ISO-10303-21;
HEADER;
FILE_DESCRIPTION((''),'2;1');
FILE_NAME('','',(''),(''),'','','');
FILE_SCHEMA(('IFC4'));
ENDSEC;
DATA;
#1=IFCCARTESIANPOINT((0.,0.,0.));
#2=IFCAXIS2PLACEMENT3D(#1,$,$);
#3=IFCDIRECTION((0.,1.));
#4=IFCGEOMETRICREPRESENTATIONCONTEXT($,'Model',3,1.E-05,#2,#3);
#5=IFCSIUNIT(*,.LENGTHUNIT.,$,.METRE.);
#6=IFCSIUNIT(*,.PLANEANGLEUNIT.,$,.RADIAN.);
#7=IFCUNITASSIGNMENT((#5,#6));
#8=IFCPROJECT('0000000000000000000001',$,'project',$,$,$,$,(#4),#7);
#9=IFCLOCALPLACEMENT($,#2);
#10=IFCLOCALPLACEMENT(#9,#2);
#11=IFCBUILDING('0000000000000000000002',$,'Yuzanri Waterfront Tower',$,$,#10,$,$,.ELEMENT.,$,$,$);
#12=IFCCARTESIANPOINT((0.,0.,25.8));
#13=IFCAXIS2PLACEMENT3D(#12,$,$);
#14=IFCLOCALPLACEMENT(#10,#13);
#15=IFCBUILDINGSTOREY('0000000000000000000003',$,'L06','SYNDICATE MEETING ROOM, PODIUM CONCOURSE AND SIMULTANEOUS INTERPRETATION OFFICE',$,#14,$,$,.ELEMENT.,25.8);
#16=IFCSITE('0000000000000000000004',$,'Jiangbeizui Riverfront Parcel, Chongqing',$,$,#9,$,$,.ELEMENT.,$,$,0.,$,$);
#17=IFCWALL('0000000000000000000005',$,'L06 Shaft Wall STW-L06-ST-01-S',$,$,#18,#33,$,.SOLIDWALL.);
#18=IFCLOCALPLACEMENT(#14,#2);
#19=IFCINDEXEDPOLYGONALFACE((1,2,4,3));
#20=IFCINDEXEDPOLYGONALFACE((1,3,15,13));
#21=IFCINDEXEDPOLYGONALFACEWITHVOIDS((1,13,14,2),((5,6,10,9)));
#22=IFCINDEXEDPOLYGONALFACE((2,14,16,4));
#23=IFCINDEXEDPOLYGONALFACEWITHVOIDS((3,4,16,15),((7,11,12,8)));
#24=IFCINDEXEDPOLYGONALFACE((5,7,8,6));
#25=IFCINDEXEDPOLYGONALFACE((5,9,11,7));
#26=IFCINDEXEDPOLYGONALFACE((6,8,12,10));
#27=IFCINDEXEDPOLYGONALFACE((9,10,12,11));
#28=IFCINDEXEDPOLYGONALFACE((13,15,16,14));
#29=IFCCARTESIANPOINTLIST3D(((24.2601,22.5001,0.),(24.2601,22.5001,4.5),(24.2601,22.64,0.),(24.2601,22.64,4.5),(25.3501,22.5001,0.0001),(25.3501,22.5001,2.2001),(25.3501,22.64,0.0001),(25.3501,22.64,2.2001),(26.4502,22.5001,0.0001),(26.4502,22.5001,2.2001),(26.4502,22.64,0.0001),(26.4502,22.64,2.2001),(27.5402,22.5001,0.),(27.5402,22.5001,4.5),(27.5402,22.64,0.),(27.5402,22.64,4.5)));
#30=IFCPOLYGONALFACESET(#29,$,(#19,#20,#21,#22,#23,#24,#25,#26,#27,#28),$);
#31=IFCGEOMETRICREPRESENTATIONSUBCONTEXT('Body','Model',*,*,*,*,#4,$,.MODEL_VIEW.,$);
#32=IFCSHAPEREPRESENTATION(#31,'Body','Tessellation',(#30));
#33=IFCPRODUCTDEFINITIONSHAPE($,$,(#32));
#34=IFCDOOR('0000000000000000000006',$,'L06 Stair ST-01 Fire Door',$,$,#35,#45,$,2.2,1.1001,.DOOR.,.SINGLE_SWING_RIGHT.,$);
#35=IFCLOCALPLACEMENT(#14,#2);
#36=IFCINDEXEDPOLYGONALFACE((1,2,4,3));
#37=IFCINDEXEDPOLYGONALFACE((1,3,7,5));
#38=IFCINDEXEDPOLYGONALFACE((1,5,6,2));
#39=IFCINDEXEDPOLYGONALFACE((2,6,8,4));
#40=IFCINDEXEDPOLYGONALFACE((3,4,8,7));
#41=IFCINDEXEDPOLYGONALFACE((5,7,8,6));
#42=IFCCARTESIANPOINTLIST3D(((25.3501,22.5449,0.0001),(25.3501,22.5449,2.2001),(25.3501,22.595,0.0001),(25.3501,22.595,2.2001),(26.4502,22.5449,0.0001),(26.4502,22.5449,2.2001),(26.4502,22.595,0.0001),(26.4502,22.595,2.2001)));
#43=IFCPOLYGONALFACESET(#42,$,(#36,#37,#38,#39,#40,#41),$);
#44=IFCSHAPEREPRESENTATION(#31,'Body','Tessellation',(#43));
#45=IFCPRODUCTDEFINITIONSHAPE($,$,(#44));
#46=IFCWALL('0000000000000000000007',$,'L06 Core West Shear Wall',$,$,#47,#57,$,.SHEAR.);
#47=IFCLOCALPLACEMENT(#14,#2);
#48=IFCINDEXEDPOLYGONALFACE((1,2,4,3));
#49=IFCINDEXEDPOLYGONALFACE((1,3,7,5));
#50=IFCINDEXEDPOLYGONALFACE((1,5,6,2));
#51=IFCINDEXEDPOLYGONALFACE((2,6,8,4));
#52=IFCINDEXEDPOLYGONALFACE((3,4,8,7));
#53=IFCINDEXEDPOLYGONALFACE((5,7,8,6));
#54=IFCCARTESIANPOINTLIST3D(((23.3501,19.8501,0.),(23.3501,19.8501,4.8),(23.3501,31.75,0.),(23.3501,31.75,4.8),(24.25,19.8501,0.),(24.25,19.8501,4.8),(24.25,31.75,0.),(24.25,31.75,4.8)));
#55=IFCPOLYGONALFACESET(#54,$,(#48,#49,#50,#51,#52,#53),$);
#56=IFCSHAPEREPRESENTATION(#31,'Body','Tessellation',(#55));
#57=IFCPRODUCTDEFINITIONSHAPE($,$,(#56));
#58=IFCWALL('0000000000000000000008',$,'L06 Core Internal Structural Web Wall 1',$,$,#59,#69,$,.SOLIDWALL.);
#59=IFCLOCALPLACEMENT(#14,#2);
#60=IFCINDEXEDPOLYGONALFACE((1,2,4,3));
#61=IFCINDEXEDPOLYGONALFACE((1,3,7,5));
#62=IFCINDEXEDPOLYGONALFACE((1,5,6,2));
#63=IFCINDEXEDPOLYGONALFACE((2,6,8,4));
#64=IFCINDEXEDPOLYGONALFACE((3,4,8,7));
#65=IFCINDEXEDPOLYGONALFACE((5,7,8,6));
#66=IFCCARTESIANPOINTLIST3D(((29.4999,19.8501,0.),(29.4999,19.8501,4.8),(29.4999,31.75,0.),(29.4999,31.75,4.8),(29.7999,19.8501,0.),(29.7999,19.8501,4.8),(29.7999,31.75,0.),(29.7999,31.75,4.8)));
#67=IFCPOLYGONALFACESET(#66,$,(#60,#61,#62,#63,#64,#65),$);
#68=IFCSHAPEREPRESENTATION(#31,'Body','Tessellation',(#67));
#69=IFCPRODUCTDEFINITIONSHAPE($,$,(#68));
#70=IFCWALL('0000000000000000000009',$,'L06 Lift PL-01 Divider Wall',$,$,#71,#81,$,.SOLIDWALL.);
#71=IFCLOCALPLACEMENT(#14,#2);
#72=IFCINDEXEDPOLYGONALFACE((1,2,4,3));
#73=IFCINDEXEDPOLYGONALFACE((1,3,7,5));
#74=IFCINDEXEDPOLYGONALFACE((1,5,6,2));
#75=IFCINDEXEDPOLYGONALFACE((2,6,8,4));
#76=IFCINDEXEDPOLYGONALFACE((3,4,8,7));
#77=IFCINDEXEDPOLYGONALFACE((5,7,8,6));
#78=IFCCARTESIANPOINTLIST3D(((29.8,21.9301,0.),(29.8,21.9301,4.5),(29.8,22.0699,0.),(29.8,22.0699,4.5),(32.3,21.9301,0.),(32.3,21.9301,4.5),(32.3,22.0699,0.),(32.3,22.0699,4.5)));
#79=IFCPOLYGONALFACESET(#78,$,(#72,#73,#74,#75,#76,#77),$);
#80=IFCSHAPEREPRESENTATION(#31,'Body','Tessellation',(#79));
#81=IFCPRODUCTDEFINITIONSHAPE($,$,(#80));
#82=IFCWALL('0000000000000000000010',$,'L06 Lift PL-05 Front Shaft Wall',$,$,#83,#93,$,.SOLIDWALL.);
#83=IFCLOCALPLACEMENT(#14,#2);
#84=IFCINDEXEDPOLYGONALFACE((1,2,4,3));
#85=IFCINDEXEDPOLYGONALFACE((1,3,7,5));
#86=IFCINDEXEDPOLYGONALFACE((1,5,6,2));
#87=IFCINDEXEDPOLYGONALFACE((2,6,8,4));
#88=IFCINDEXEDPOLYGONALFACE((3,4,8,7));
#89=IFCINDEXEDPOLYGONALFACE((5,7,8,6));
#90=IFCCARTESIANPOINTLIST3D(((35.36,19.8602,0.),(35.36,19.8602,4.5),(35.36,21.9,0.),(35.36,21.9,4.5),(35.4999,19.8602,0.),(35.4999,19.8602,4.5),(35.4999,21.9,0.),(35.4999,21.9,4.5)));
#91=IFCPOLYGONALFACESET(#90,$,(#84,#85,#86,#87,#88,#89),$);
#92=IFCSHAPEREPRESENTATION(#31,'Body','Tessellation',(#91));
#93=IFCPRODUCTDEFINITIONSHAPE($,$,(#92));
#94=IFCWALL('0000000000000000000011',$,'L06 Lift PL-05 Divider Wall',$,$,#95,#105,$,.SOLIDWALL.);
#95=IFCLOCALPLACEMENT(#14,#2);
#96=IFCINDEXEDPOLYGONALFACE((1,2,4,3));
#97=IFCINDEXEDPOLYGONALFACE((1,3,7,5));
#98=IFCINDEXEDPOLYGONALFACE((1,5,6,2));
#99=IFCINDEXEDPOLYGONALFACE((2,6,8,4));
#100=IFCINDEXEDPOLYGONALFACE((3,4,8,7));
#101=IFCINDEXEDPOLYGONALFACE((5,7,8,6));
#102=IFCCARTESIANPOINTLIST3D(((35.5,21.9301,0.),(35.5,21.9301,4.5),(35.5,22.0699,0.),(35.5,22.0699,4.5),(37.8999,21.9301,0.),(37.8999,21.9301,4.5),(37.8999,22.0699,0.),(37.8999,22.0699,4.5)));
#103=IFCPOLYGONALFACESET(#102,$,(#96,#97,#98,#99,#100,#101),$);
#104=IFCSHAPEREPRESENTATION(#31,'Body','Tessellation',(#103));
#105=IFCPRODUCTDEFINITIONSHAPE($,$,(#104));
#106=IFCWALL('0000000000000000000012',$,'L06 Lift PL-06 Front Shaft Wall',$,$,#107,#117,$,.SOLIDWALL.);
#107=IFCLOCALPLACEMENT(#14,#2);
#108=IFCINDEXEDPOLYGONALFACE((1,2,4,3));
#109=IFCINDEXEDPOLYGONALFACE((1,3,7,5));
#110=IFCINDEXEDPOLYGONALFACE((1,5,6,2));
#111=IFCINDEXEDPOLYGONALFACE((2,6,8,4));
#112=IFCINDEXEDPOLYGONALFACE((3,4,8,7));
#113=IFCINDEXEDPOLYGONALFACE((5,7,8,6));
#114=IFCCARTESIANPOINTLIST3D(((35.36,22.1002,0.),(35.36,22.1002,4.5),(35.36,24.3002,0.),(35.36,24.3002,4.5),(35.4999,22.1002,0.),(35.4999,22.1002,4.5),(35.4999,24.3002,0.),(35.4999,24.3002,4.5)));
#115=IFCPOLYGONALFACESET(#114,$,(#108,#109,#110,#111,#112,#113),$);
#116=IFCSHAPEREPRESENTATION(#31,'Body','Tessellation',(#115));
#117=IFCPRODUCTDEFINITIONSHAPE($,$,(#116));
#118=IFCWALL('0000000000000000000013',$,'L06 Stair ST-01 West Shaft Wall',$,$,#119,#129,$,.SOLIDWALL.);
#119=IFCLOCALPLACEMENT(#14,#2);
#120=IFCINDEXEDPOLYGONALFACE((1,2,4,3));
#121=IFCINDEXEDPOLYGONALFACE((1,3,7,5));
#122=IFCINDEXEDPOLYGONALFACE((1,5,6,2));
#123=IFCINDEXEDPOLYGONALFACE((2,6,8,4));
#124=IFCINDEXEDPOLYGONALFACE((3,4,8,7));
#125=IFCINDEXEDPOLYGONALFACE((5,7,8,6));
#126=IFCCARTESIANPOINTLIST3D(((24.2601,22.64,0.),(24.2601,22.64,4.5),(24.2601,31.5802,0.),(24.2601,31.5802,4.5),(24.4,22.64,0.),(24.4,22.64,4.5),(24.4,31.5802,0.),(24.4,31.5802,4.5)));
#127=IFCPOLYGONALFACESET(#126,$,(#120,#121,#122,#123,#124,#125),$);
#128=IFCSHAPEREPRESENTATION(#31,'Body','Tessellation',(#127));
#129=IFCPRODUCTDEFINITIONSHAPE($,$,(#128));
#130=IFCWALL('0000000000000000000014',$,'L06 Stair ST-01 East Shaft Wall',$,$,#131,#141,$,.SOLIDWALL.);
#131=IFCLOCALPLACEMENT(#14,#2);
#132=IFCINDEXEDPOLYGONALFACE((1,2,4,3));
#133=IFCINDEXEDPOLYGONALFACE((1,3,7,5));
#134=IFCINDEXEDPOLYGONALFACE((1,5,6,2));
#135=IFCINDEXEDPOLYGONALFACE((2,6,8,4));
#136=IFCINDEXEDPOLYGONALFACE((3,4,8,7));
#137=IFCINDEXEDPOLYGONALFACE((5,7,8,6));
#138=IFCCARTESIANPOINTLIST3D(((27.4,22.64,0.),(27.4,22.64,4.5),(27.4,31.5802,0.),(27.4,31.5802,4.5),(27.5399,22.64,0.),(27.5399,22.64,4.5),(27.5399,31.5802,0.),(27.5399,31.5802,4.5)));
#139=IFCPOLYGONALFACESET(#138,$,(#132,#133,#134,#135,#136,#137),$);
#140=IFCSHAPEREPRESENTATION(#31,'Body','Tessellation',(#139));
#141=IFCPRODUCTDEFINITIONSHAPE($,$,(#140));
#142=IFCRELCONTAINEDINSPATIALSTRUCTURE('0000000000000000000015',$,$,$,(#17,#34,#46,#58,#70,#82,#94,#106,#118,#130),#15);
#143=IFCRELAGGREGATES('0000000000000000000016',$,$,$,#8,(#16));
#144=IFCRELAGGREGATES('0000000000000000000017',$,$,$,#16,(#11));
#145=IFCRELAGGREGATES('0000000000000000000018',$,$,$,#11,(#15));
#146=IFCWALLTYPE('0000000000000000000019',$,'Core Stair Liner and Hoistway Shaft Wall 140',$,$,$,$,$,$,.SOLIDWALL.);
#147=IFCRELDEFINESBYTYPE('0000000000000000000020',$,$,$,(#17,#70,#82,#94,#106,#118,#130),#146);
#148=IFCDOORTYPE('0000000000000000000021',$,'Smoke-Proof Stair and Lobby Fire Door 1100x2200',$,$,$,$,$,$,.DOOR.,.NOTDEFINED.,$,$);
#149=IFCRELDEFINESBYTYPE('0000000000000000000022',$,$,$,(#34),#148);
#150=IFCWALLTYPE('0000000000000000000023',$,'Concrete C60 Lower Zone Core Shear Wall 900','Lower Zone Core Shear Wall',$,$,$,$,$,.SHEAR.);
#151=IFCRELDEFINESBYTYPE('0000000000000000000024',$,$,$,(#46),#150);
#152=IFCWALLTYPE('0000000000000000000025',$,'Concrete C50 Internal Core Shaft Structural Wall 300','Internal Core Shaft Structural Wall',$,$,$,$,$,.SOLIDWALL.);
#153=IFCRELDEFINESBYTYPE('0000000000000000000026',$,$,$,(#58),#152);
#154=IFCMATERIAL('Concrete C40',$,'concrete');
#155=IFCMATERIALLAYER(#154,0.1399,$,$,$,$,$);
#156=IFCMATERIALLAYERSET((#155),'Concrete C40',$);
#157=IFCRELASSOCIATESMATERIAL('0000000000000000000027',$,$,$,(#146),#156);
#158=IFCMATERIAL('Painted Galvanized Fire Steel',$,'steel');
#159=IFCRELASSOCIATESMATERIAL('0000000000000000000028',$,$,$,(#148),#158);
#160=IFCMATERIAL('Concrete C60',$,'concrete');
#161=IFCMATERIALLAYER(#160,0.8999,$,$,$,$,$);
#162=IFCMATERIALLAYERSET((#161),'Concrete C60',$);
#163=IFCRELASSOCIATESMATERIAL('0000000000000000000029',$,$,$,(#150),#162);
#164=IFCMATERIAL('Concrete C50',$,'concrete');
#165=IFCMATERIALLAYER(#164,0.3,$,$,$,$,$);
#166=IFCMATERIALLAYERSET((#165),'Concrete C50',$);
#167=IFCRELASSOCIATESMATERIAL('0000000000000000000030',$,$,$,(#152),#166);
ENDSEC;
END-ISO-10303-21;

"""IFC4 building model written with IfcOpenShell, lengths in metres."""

from ifc_helpers import new_model, si_unit, direction, frame, frame_2d, origin, place, context, subcontext, project, spatial, rectangle, extrude, source, transform, mapped, material, layer, layer_set, type_object, element, fill, save


model = new_model("IFC4")

# Units and contexts
model_context = context("Model", 3, precision=1e-05, world=origin(), true_north=direction((0.0, 1.0)))
body_context = subcontext(model_context, "Body", "Model", "MODEL_VIEW")
ifc_project = project(units=[si_unit("LENGTHUNIT", "METRE"), si_unit("PLANEANGLEUNIT", "RADIAN")], contexts=[model_context])

# Site, building, storey
site_placement = place(None, origin())
site = spatial("IfcSite", under=ifc_project, at=site_placement, Name="Jiangbeizui Riverfront Parcel, Chongqing", CompositionType="ELEMENT", RefElevation=0.0)
building_placement = place(site_placement, origin())
building = spatial("IfcBuilding", under=site, at=building_placement, Name="Yuzanri Waterfront Tower", CompositionType="ELEMENT")
storey_placement = place(building_placement, frame((0.0, 0.0, 25.8)))
storey = spatial("IfcBuildingStorey", under=building, at=storey_placement, Name="L06", Description="SYNDICATE MEETING ROOM, PODIUM CONCOURSE AND SIMULTANEOUS INTERPRETATION OFFICE", CompositionType="ELEMENT", Elevation=25.8)

# Wall, opening, door
ifc_material_1 = material(Name="Concrete C40", Category="concrete")
ifc_layer_1 = layer(ifc_material_1, 0.1399)
ifc_layer_set_1 = layer_set([ifc_layer_1], Name="Concrete C40")
wall_type_1 = type_object("IfcWallType", Name="Core Stair Liner and Hoistway Shaft Wall 140", PredefinedType="SOLIDWALL", material=ifc_layer_set_1)
wall_1_placement = place(storey_placement, frame((24.26, 22.5701, 0.0), z_axis=(0.0, 0.0, 1.0), x_axis=(1.0, 0.0, 0.0)))
wall_1 = element("IfcWall", 1, at=wall_1_placement, inside=storey, type_object=wall_type_1, Name="L06 Shaft Wall STW-L06-ST-01-S", PredefinedType="SOLIDWALL", context=body_context, shape_type="SweptSolid", body=[
    extrude(rectangle(XDim=3.28, YDim=0.1399, at=frame_2d((1.6401, 0.0))), origin(), (0.0, 0.0, 1.0), 4.5),
])
opening_1_placement = place(wall_1_placement, frame((1.0901, 0.0, 0.0)))
opening_1 = element("IfcOpeningElement", 2, at=opening_1_placement, cuts=wall_1, PredefinedType="OPENING", context=body_context, shape_type="SweptSolid", body=[
    extrude(rectangle(XDim=1.1001, YDim=2.2, at=frame_2d((0.55, 1.1001))), frame((0.0, 0.085, 0.0), z_axis=(0.0, -1.0, 0.0), x_axis=(1.0, 0.0, 0.0)), (0.0, 0.0, 1.0), 0.1697),
])
ifc_material_2 = material(Name="Painted Galvanized Fire Steel", Category="steel")
door_type_1 = type_object("IfcDoorType", Name="Smoke-Proof Stair and Lobby Fire Door 1100x2200", OperationType="NOTDEFINED", PredefinedType="DOOR", material=ifc_material_2)
shared_shape_1 = source(origin(), body_context, "Body", "SweptSolid", [
    extrude(rectangle(XDim=1.1001, YDim=2.2, at=frame_2d((0.55, 1.1001))), frame((0.0, 0.0249, 0.0), z_axis=(0.0, -1.0, 0.0), x_axis=(1.0, 0.0, 0.0)), (0.0, 0.0, 1.0), 0.05),
])
door_1_placement = place(opening_1_placement, origin())
door_1 = element("IfcDoor", 3, at=door_1_placement, inside=storey, type_object=door_type_1, Name="L06 Stair ST-01 Fire Door", OperationType="SINGLE_SWING_RIGHT", OverallHeight=2.2, OverallWidth=1.1001, PredefinedType="DOOR", context=body_context, shape_type="MappedRepresentation", body=[
    mapped(shared_shape_1, transform((0.0, 0.0, 0.0), scale=1.0)),
])
fill(opening_1, door_1)

# Walls
ifc_material_3 = material(Name="Concrete C60", Category="concrete")
ifc_layer_2 = layer(ifc_material_3, 0.8999)
ifc_layer_set_2 = layer_set([ifc_layer_2], Name="Concrete C60")
wall_type_2 = type_object("IfcWallType", Name="Concrete C60 Lower Zone Core Shear Wall 900", Description="Lower Zone Core Shear Wall", PredefinedType="SHEAR", material=ifc_layer_set_2)
shared_shape_2 = source(origin(), body_context, "Body", "SweptSolid", [
    extrude(rectangle(XDim=11.8999, YDim=0.8999, at=frame_2d((5.95, 0.0))), origin(), (0.0, 0.0, 1.0), 4.8),
])
wall_2_placement = place(storey_placement, frame((23.8, 19.8501, 0.0), z_axis=(0.0, 0.0, 1.0), x_axis=(0.0, 1.0, 0.0)))
element("IfcWall", 4, at=wall_2_placement, inside=storey, type_object=wall_type_2, Name="L06 Core West Shear Wall", PredefinedType="SHEAR", context=body_context, shape_type="MappedRepresentation", body=[
    mapped(shared_shape_2, transform((0.0, 0.0, 0.0), scale=1.0)),
])
ifc_material_4 = material(Name="Concrete C50", Category="concrete")
ifc_layer_3 = layer(ifc_material_4, 0.3)
ifc_layer_set_3 = layer_set([ifc_layer_3], Name="Concrete C50")
wall_type_3 = type_object("IfcWallType", Name="Concrete C50 Internal Core Shaft Structural Wall 300", Description="Internal Core Shaft Structural Wall", PredefinedType="SOLIDWALL", material=ifc_layer_set_3)
shared_shape_3 = source(origin(), body_context, "Body", "SweptSolid", [
    extrude(rectangle(XDim=11.8999, YDim=0.3, at=frame_2d((5.95, 0.0))), origin(), (0.0, 0.0, 1.0), 4.8),
])
wall_3_placement = place(storey_placement, frame((29.6499, 19.8501, 0.0), z_axis=(0.0, 0.0, 1.0), x_axis=(0.0, 1.0, 0.0)))
element("IfcWall", 5, at=wall_3_placement, inside=storey, type_object=wall_type_3, Name="L06 Core Internal Structural Web Wall 1", PredefinedType="SOLIDWALL", context=body_context, shape_type="MappedRepresentation", body=[
    mapped(shared_shape_3, transform((0.0, 0.0, 0.0), scale=1.0)),
])
shared_shape_4 = source(origin(), body_context, "Body", "SweptSolid", [
    extrude(rectangle(XDim=2.5, YDim=0.1399, at=frame_2d((1.25, 0.0))), origin(), (0.0, 0.0, 1.0), 4.5),
])
wall_4_placement = place(storey_placement, frame((29.8, 22.0, 0.0), z_axis=(0.0, 0.0, 1.0), x_axis=(1.0, 0.0, 0.0)))
element("IfcWall", 6, at=wall_4_placement, inside=storey, type_object=wall_type_1, Name="L06 Lift PL-01 Divider Wall", PredefinedType="SOLIDWALL", context=body_context, shape_type="MappedRepresentation", body=[
    mapped(shared_shape_4, transform((0.0, 0.0, 0.0), scale=1.0)),
])
shared_shape_5 = source(origin(), body_context, "Body", "SweptSolid", [
    extrude(rectangle(XDim=2.0398, YDim=0.1399, at=frame_2d((1.02, 0.0))), origin(), (0.0, 0.0, 1.0), 4.5),
])
wall_5_placement = place(storey_placement, frame((35.4299, 19.8601, 0.0), z_axis=(0.0, 0.0, 1.0), x_axis=(0.0, 1.0, 0.0)))
element("IfcWall", 7, at=wall_5_placement, inside=storey, type_object=wall_type_1, Name="L06 Lift PL-05 Front Shaft Wall", PredefinedType="SOLIDWALL", context=body_context, shape_type="MappedRepresentation", body=[
    mapped(shared_shape_5, transform((0.0, 0.0, 0.0), scale=1.0)),
])
shared_shape_6 = source(origin(), body_context, "Body", "SweptSolid", [
    extrude(rectangle(XDim=2.3999, YDim=0.1399, at=frame_2d((1.2, 0.0))), origin(), (0.0, 0.0, 1.0), 4.5),
])
wall_6_placement = place(storey_placement, frame((35.5, 22.0, 0.0), z_axis=(0.0, 0.0, 1.0), x_axis=(1.0, 0.0, 0.0)))
element("IfcWall", 8, at=wall_6_placement, inside=storey, type_object=wall_type_1, Name="L06 Lift PL-05 Divider Wall", PredefinedType="SOLIDWALL", context=body_context, shape_type="MappedRepresentation", body=[
    mapped(shared_shape_6, transform((0.0, 0.0, 0.0), scale=1.0)),
])
shared_shape_7 = source(origin(), body_context, "Body", "SweptSolid", [
    extrude(rectangle(XDim=2.2, YDim=0.1399, at=frame_2d((1.1001, 0.0))), origin(), (0.0, 0.0, 1.0), 4.5),
])
wall_7_placement = place(storey_placement, frame((35.4299, 22.1001, 0.0), z_axis=(0.0, 0.0, 1.0), x_axis=(0.0, 1.0, 0.0)))
element("IfcWall", 9, at=wall_7_placement, inside=storey, type_object=wall_type_1, Name="L06 Lift PL-06 Front Shaft Wall", PredefinedType="SOLIDWALL", context=body_context, shape_type="MappedRepresentation", body=[
    mapped(shared_shape_7, transform((0.0, 0.0, 0.0), scale=1.0)),
])
shared_shape_8 = source(origin(), body_context, "Body", "SweptSolid", [
    extrude(rectangle(XDim=8.9402, YDim=0.1399, at=frame_2d((4.4702, 0.0))), origin(), (0.0, 0.0, 1.0), 4.5),
])
for number, where, z_axis, x_axis, name in (
    (10, (24.3301, 22.6399, 0.0), (0.0, 0.0, 1.0), (0.0, 1.0, 0.0), "L06 Stair ST-01 West Shaft Wall"),
    (11, (27.47, 22.6399, 0.0), (0.0, 0.0, 1.0), (0.0, 1.0, 0.0), "L06 Stair ST-01 East Shaft Wall"),
):
    element("IfcWall", number, at=place(storey_placement, frame(where, z_axis=z_axis, x_axis=x_axis)), inside=storey, type_object=wall_type_1, Name=name, PredefinedType="SOLIDWALL", context=body_context, shape_type="MappedRepresentation", body=[
        mapped(shared_shape_8, transform((0.0, 0.0, 0.0), scale=1.0)),
    ])

save(model, "model.ifc")
